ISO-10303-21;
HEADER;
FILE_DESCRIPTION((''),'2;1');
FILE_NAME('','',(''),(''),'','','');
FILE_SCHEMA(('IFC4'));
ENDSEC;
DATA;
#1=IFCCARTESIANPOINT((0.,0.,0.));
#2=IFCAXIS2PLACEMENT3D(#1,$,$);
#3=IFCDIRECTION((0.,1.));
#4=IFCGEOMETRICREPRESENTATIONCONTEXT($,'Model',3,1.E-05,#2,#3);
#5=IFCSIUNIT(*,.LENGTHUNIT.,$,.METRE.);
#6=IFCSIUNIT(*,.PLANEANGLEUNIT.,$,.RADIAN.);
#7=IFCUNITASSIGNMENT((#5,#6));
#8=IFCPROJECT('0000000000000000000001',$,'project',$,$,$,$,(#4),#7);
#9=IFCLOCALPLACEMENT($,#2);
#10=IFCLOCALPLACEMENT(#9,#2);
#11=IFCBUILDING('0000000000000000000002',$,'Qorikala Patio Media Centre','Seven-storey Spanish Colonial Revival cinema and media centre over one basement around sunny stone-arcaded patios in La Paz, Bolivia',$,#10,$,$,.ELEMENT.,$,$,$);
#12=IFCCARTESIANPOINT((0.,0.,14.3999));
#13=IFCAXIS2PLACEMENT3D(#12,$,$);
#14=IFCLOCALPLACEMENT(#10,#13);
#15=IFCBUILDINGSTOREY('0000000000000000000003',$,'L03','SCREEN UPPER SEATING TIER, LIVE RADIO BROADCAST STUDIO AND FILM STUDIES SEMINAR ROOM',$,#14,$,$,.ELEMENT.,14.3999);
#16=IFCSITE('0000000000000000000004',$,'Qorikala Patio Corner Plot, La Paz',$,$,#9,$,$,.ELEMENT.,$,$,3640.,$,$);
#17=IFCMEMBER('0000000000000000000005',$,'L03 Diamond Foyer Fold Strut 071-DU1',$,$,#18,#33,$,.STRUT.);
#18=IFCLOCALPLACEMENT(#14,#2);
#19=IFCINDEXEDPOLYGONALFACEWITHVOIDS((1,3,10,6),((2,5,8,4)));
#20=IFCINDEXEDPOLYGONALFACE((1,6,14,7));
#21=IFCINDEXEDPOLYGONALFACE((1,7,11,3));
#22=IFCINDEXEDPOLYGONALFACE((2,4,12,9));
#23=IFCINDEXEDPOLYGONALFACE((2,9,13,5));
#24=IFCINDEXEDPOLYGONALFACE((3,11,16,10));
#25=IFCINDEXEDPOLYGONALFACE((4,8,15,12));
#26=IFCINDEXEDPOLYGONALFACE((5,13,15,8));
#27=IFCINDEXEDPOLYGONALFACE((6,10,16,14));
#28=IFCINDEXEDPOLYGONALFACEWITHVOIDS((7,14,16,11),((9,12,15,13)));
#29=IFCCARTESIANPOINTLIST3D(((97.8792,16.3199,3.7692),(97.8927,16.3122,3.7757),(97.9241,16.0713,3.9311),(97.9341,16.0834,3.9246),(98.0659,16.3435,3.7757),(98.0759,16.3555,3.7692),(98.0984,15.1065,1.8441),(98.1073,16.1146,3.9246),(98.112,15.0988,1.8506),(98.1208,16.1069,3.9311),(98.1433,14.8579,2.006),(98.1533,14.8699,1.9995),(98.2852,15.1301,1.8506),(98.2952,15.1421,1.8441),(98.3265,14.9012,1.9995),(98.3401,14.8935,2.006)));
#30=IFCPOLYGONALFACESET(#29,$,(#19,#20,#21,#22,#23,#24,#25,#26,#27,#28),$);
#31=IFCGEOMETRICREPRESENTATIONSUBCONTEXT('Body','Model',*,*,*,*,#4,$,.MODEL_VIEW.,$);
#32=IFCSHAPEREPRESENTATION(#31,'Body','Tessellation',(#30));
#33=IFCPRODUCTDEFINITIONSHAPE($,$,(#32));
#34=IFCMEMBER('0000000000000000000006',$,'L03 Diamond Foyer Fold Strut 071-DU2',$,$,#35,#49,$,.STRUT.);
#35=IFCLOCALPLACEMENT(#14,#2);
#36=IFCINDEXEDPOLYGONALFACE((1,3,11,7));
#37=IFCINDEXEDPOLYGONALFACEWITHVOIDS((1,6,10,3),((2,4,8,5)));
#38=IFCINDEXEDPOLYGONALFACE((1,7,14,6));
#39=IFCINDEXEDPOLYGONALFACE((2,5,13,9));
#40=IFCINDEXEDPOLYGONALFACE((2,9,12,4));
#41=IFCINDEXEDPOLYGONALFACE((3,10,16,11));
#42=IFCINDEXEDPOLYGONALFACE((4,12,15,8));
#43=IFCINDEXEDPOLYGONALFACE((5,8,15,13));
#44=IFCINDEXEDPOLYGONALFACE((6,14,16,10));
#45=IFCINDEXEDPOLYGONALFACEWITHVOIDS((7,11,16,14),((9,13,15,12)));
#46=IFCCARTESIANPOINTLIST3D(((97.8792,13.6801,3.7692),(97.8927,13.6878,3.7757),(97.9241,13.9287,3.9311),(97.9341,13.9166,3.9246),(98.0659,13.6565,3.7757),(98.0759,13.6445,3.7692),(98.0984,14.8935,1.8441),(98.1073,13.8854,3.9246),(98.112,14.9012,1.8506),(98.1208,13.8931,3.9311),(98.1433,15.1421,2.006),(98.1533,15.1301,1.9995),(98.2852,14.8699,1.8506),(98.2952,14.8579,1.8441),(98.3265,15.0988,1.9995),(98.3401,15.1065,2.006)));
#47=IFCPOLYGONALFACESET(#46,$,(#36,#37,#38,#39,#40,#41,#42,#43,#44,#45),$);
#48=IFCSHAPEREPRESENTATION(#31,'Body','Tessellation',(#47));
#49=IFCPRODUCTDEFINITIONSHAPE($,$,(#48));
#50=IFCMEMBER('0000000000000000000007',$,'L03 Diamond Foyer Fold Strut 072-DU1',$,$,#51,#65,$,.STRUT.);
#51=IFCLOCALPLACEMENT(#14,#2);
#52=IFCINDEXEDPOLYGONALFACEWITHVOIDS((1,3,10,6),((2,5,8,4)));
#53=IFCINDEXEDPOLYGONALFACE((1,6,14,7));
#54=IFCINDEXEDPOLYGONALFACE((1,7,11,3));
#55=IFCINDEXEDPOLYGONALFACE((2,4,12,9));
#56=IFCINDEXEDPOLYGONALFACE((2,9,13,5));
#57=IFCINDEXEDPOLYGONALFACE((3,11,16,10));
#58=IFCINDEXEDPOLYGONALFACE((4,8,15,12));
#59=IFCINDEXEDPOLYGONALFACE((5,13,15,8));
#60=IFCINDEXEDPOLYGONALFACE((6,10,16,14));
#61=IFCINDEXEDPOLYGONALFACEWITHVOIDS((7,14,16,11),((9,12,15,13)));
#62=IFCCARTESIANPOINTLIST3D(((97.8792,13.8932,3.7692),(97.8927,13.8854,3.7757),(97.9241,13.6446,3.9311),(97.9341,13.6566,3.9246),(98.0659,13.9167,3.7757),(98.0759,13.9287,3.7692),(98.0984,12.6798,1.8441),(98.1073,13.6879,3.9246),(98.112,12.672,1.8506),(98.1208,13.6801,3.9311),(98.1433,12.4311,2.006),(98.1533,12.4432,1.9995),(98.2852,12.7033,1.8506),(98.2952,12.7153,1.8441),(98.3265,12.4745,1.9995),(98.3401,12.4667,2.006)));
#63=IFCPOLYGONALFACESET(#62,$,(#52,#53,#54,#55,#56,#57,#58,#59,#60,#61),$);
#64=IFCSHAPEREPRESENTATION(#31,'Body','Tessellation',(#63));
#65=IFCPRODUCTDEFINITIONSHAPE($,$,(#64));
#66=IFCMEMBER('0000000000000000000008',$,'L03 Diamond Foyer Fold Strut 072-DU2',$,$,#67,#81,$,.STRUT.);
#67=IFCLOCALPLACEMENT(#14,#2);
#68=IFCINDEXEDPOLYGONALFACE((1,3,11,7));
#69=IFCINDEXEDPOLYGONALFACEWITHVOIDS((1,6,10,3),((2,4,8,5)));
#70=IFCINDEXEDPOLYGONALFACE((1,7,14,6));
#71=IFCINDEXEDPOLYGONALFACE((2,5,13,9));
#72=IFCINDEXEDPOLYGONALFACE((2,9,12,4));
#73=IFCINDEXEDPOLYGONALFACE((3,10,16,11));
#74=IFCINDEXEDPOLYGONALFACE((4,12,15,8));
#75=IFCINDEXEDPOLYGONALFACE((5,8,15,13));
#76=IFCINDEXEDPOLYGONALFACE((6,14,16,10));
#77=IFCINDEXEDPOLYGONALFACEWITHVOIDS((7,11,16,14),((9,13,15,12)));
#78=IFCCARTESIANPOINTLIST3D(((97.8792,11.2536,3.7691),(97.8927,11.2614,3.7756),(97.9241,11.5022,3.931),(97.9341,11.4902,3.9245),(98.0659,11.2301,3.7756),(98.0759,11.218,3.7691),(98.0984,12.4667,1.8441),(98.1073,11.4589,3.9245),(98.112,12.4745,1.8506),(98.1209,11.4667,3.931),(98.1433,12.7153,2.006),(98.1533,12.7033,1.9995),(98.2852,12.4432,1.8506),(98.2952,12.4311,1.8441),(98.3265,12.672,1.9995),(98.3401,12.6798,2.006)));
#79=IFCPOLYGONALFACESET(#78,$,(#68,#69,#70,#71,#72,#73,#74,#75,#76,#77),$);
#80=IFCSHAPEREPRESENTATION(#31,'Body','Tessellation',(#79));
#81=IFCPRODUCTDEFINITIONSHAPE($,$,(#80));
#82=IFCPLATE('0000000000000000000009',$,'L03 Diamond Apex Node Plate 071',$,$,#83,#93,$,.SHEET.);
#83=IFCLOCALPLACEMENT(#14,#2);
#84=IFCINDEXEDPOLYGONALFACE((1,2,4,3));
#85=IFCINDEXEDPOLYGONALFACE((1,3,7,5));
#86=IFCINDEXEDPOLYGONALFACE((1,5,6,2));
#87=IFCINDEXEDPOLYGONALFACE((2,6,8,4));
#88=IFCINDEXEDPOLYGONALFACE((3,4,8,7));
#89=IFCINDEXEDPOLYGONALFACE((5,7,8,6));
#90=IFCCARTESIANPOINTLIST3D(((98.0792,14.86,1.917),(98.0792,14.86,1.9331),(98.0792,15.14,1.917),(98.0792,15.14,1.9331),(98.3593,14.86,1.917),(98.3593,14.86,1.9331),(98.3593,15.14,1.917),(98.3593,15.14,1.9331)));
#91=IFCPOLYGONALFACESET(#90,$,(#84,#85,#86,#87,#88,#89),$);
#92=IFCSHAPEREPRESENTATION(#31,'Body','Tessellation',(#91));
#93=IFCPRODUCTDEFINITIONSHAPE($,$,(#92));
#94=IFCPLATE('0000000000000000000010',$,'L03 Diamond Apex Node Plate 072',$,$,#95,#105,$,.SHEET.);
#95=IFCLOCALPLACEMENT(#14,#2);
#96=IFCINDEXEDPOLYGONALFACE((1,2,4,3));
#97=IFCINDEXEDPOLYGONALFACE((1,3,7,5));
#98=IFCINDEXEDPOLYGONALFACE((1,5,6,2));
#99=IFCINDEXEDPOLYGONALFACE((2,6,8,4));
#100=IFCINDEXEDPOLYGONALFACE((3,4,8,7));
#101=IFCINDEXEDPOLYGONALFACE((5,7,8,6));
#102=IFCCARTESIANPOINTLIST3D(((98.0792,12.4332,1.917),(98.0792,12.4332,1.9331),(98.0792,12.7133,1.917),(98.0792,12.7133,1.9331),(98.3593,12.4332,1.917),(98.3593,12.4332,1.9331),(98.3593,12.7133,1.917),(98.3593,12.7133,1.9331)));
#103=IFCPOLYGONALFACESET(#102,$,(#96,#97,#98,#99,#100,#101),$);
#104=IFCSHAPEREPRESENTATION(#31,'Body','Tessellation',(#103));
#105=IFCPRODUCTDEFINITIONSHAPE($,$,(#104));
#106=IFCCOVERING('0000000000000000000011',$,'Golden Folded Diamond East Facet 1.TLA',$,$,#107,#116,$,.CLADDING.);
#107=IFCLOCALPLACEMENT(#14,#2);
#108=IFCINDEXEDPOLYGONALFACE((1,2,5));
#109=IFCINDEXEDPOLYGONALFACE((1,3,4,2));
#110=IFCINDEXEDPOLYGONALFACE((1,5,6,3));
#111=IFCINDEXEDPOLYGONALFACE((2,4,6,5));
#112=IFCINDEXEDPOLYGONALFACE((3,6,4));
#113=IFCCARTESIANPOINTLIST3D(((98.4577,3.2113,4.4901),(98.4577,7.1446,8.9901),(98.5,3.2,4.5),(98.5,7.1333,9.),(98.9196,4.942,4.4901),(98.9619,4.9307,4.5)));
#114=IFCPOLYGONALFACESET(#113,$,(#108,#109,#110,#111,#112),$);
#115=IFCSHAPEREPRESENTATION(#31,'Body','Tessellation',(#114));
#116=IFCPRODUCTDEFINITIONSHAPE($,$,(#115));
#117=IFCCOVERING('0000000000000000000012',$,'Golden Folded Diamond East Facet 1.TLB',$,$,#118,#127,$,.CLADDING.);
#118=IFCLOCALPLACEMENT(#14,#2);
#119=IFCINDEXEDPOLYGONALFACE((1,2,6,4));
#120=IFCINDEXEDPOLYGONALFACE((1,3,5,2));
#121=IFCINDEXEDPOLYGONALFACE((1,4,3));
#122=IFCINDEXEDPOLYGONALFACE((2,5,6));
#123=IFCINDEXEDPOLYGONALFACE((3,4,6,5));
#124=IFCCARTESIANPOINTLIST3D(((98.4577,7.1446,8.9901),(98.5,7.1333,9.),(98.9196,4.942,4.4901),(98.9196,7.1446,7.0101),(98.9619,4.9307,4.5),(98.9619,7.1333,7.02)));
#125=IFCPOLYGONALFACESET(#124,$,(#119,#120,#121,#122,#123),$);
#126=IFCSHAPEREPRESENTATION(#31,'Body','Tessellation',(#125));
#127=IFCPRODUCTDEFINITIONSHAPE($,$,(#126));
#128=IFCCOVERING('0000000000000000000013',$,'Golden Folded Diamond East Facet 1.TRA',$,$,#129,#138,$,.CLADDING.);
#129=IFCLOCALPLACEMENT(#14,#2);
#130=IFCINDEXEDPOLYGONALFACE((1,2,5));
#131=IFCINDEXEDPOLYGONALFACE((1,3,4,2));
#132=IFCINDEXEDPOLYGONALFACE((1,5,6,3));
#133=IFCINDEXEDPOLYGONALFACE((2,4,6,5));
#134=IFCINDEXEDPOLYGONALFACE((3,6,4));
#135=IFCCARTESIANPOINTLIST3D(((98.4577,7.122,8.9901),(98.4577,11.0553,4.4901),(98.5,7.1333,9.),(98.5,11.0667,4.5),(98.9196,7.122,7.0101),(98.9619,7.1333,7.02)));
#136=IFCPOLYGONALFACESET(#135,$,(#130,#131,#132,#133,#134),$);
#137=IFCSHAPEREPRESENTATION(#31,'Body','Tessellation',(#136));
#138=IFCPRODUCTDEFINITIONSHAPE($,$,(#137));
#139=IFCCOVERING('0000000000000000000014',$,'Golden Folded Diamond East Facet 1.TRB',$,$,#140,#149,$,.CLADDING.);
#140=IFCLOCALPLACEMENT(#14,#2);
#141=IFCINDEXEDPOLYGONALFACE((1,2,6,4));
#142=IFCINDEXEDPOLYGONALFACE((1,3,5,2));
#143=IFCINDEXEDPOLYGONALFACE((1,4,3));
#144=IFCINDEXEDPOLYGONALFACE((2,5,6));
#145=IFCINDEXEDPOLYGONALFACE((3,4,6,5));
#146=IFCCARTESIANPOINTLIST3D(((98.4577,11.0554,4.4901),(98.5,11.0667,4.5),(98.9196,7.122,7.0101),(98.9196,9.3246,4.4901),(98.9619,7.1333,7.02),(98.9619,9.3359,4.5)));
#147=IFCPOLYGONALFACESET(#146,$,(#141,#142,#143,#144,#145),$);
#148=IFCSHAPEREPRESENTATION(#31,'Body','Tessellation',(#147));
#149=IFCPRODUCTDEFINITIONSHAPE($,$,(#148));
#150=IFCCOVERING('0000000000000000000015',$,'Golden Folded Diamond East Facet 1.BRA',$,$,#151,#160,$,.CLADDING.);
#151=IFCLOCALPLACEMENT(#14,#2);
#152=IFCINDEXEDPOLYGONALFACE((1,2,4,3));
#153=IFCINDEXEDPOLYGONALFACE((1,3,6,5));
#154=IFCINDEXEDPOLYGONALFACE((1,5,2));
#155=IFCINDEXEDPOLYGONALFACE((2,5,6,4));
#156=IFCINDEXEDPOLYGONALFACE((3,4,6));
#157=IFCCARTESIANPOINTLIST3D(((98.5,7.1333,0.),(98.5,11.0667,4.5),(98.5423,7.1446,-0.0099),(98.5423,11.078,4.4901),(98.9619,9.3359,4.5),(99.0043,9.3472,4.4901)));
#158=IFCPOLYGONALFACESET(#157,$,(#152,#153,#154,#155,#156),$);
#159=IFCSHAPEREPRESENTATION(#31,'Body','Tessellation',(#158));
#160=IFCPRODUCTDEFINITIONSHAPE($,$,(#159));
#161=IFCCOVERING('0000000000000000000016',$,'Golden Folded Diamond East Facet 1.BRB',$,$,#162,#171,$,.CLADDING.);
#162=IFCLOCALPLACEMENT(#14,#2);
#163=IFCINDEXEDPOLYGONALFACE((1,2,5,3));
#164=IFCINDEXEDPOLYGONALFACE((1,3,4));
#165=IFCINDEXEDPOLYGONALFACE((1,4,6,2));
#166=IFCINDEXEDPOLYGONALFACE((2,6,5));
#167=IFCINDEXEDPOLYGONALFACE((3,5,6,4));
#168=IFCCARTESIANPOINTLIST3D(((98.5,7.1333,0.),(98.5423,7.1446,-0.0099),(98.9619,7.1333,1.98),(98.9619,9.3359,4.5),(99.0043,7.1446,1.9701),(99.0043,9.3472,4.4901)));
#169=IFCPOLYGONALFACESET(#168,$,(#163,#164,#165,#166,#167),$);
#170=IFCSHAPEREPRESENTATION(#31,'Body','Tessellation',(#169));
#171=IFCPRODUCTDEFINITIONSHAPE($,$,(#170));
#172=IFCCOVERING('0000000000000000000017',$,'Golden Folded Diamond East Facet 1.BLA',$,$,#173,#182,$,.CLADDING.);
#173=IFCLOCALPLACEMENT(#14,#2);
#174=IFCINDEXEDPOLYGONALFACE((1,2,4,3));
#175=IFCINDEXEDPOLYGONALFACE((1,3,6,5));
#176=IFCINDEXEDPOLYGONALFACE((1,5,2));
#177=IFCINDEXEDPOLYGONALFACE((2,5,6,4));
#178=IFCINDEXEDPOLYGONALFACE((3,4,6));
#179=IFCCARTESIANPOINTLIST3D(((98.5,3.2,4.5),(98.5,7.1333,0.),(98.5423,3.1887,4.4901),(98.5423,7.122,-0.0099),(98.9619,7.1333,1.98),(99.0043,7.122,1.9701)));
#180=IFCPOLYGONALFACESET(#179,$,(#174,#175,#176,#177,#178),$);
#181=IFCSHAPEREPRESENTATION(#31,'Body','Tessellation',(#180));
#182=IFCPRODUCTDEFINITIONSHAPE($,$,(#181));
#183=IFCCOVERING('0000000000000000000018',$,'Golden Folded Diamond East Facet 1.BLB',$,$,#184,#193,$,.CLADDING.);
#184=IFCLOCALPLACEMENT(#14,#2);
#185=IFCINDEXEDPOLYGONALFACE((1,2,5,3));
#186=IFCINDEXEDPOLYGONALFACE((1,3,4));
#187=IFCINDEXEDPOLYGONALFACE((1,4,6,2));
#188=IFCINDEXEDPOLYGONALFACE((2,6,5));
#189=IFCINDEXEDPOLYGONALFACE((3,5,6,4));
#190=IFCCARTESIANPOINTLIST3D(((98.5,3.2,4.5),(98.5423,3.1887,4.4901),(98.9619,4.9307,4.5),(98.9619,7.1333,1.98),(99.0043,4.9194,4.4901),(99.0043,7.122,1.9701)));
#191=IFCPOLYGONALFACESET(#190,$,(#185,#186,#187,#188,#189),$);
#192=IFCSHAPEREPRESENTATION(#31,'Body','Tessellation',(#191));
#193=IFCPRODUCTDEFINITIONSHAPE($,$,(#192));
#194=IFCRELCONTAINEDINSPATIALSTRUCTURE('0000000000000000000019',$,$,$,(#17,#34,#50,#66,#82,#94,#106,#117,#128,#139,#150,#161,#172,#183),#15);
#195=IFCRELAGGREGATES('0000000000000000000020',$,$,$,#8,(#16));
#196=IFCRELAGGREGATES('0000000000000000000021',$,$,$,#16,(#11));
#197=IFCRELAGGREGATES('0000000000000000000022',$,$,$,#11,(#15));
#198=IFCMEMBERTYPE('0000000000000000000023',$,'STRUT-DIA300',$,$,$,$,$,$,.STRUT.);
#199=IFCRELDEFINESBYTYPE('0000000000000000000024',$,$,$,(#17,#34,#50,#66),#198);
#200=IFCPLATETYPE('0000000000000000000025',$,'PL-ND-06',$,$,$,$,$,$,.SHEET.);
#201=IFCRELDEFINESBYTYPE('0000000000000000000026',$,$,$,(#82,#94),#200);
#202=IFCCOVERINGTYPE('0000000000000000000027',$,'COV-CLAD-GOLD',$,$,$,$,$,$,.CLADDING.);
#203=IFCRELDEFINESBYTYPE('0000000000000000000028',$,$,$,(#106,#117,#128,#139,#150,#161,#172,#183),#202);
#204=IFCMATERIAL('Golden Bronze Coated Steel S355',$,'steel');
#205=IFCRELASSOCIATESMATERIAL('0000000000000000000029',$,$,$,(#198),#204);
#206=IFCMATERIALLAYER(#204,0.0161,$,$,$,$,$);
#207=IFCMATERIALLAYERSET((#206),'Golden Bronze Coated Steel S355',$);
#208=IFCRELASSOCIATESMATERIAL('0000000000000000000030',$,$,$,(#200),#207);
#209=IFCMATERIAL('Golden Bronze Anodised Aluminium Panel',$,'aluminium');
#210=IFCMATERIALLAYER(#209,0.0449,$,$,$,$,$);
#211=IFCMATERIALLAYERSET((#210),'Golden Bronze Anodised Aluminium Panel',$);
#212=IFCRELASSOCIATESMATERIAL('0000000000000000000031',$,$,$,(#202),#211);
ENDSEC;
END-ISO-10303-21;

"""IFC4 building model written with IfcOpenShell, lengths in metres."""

from ifc_helpers import new_model, si_unit, direction, frame, origin, origin_2d, place, context, subcontext, project, spatial, polyline, rectangle, hollow_rectangle, outline, extrude, material, layer, layer_set, material_profile, profile_set, type_object, element, save


model = new_model("IFC4")

# Units and contexts
model_context = context("Model", 3, precision=1e-05, world=origin(), true_north=direction((0.0, 1.0)))
body_context = subcontext(model_context, "Body", "Model", "MODEL_VIEW")
ifc_project = project(units=[si_unit("LENGTHUNIT", "METRE"), si_unit("PLANEANGLEUNIT", "RADIAN")], contexts=[model_context])

# Site, building, storey
site_placement = place(None, origin())
site = spatial("IfcSite", under=ifc_project, at=site_placement, Name="Qorikala Patio Corner Plot, La Paz", CompositionType="ELEMENT", RefElevation=3640.0)
building_placement = place(site_placement, origin())
building = spatial("IfcBuilding", under=site, at=building_placement, Name="Qorikala Patio Media Centre", Description="Seven-storey Spanish Colonial Revival cinema and media centre over one basement around sunny stone-arcaded patios in La Paz, Bolivia", CompositionType="ELEMENT")
storey_placement = place(building_placement, frame((0.0, 0.0, 14.3999)))
storey = spatial("IfcBuildingStorey", under=building, at=storey_placement, Name="L03", Description="SCREEN UPPER SEATING TIER, LIVE RADIO BROADCAST STUDIO AND FILM STUDIES SEMINAR ROOM", CompositionType="ELEMENT", Elevation=14.3999)

# Members
ifc_material_1 = material(Name="Golden Bronze Coated Steel S355", Category="steel")
ifc_material_profile = material_profile(ifc_material_1, hollow_rectangle(XDim=0.2, YDim=0.3, WallThickness=0.012, at=origin_2d()), Name="HSS300X200X12")
ifc_profile_set = profile_set([ifc_material_profile], Name="Golden Bronze Coated Steel S355")
member_type = type_object("IfcMemberType", Name="STRUT-DIA300", PredefinedType="STRUT", material=ifc_profile_set)
for number, where, z_axis, x_axis, name in (
    (1, (98.2192, 15.0, 1.925), (-0.095901, 0.530768, 0.842074), (-0.984066, -0.177805, 0.0), "L03 Diamond Foyer Fold Strut 071-DU1"),
    (2, (98.2192, 15.0, 1.925), (-0.095901, -0.530768, 0.842074), (0.984066, -0.177805, 0.0), "L03 Diamond Foyer Fold Strut 071-DU2"),
    (3, (98.2192, 12.5732, 1.925), (-0.095901, 0.530768, 0.842074), (-0.984066, -0.177805, 0.0), "L03 Diamond Foyer Fold Strut 072-DU1"),
):
    element("IfcMember", number, at=place(storey_placement, frame(where, z_axis=z_axis, x_axis=x_axis)), inside=storey, type_object=member_type, Name=name, PredefinedType="STRUT", context=body_context, shape_type="SweptSolid", body=[
        extrude(hollow_rectangle(XDim=0.2, YDim=0.3, WallThickness=0.012, at=origin_2d()), origin(), (0.0, 0.0, 1.0), 2.2861),
    ])
member_placement = place(storey_placement, frame((98.2192, 12.5732, 1.925), z_axis=(-0.095907, -0.530691, 0.842121), x_axis=(0.984059, -0.17784, 0.0)))
element("IfcMember", 4, at=member_placement, inside=storey, type_object=member_type, Name="L03 Diamond Foyer Fold Strut 072-DU2", PredefinedType="STRUT", context=body_context, shape_type="SweptSolid", body=[
    extrude(hollow_rectangle(XDim=0.2, YDim=0.3, WallThickness=0.012, at=origin_2d()), origin(), (0.0, 0.0, 1.0), 2.2859),
])

# Plates
ifc_layer_1 = layer(ifc_material_1, 0.0161)
ifc_layer_set_1 = layer_set([ifc_layer_1], Name="Golden Bronze Coated Steel S355")
plate_type = type_object("IfcPlateType", Name="PL-ND-06", PredefinedType="SHEET", material=ifc_layer_set_1)
for number, where, z_axis, x_axis, name in (
    (5, (98.2192, 15.0, 1.917), (0.0, 0.0, 1.0), (0.0, -1.0, 0.0), "L03 Diamond Apex Node Plate 071"),
    (6, (98.2192, 12.5732, 1.917), (0.0, 0.0, 1.0), (0.0, -1.0, 0.0), "L03 Diamond Apex Node Plate 072"),
):
    element("IfcPlate", number, at=place(storey_placement, frame(where, z_axis=z_axis, x_axis=x_axis)), inside=storey, type_object=plate_type, Name=name, PredefinedType="SHEET", context=body_context, shape_type="SweptSolid", body=[
        extrude(rectangle(XDim=0.28, YDim=0.28, at=origin_2d()), origin(), (0.0, 0.0, 1.0), 0.0161),
    ])

# Coverings
ifc_material_2 = material(Name="Golden Bronze Anodised Aluminium Panel", Category="aluminium")
ifc_layer_2 = layer(ifc_material_2, 0.0449)
ifc_layer_set_2 = layer_set([ifc_layer_2], Name="Golden Bronze Anodised Aluminium Panel")
covering_type = type_object("IfcCoveringType", Name="COV-CLAD-GOLD", PredefinedType="CLADDING", material=ifc_layer_set_2)
covering_1_placement = place(storey_placement, frame((98.5, 7.1333, 9.0), z_axis=(0.942535, -0.251556, 0.219879), x_axis=(0.0, -0.658111, -0.752921)))
element("IfcCovering", 7, at=covering_1_placement, inside=storey, type_object=covering_type, Name="Golden Folded Diamond East Facet 1.TLA", PredefinedType="CLADDING", context=body_context, shape_type="SweptSolid", body=[
    extrude(outline(polyline([(0.0, 0.0), (5.9767, 0.0), (4.8377, 1.3825), (0.0, 0.0)])), origin(), (0.0, 0.0, -1.0), 0.0449),
])
covering_2_placement = place(storey_placement, frame((98.5, 7.1333, 9.0), z_axis=(0.94253, -0.251569, 0.219885), x_axis=(0.091806, -0.437778, -0.894383)))
element("IfcCovering", 8, at=covering_2_placement, inside=storey, type_object=covering_type, Name="Golden Folded Diamond East Facet 1.TLB", PredefinedType="CLADDING", context=body_context, shape_type="SweptSolid", body=[
    extrude(outline(polyline([(0.0, 0.0), (5.0314, 0.0), (1.8133, 0.9196), (0.0, 0.0)])), origin(), (0.0, 0.0, -1.0), 0.0449),
])
covering_3_placement = place(storey_placement, frame((98.5, 11.0667, 4.5), z_axis=(0.942532, 0.251563, 0.219885), x_axis=(0.0, -0.658111, 0.752921)))
element("IfcCovering", 9, at=covering_3_placement, inside=storey, type_object=covering_type, Name="Golden Folded Diamond East Facet 1.TRA", PredefinedType="CLADDING", context=body_context, shape_type="SweptSolid", body=[
    extrude(outline(polyline([(0.0, 0.0), (5.9767, 0.0), (4.486, 1.3825), (0.0, 0.0)])), origin(), (0.0, 0.0, -1.0), 0.0449),
])
covering_4_placement = place(storey_placement, frame((98.5, 11.0667, 4.5), z_axis=(0.942537, 0.251556, 0.219874), x_axis=(0.098402, -0.837925, 0.536842)))
element("IfcCovering", 10, at=covering_4_placement, inside=storey, type_object=covering_type, Name="Golden Folded Diamond East Facet 1.TRB", PredefinedType="CLADDING", context=body_context, shape_type="SweptSolid", body=[
    extrude(outline(polyline([(0.0, 0.0), (4.6942, 0.0), (1.4957, 0.9858), (0.0, 0.0)])), origin(), (0.0, 0.0, -1.0), 0.0449),
])
covering_5_placement = place(storey_placement, frame((98.5, 7.1333, 0.0), z_axis=(-0.942535, -0.251556, 0.219879), x_axis=(0.0, 0.658111, 0.752921)))
element("IfcCovering", 11, at=covering_5_placement, inside=storey, type_object=covering_type, Name="Golden Folded Diamond East Facet 1.BRA", PredefinedType="CLADDING", context=body_context, shape_type="SweptSolid", body=[
    extrude(outline(polyline([(0.0, 0.0), (5.9767, 0.0), (4.8377, -1.3825), (0.0, 0.0)])), origin(), (0.0, 0.0, -1.0), 0.0449),
])
covering_6_placement = place(storey_placement, frame((98.5, 7.1333, 0.0), z_axis=(-0.94253, -0.251569, 0.219885), x_axis=(0.091806, 0.437778, 0.894383)))
element("IfcCovering", 12, at=covering_6_placement, inside=storey, type_object=covering_type, Name="Golden Folded Diamond East Facet 1.BRB", PredefinedType="CLADDING", context=body_context, shape_type="SweptSolid", body=[
    extrude(outline(polyline([(0.0, 0.0), (5.0314, 0.0), (1.8133, -0.9196), (0.0, 0.0)])), origin(), (0.0, 0.0, -1.0), 0.0449),
])
covering_7_placement = place(storey_placement, frame((98.5, 3.2, 4.5), z_axis=(-0.942532, 0.251563, 0.219885), x_axis=(0.0, 0.658111, -0.752921)))
element("IfcCovering", 13, at=covering_7_placement, inside=storey, type_object=covering_type, Name="Golden Folded Diamond East Facet 1.BLA", PredefinedType="CLADDING", context=body_context, shape_type="SweptSolid", body=[
    extrude(outline(polyline([(0.0, 0.0), (5.9767, 0.0), (4.486, -1.3825), (0.0, 0.0)])), origin(), (0.0, 0.0, -1.0), 0.0449),
])
covering_8_placement = place(storey_placement, frame((98.5, 3.2, 4.5), z_axis=(-0.942537, 0.251556, 0.219874), x_axis=(0.098402, 0.837925, -0.536842)))
element("IfcCovering", 14, at=covering_8_placement, inside=storey, type_object=covering_type, Name="Golden Folded Diamond East Facet 1.BLB", PredefinedType="CLADDING", context=body_context, shape_type="SweptSolid", body=[
    extrude(outline(polyline([(0.0, 0.0), (4.6942, 0.0), (1.4957, -0.9858), (0.0, 0.0)])), origin(), (0.0, 0.0, -1.0), 0.0449),
])

save(model, "model.ifc")
